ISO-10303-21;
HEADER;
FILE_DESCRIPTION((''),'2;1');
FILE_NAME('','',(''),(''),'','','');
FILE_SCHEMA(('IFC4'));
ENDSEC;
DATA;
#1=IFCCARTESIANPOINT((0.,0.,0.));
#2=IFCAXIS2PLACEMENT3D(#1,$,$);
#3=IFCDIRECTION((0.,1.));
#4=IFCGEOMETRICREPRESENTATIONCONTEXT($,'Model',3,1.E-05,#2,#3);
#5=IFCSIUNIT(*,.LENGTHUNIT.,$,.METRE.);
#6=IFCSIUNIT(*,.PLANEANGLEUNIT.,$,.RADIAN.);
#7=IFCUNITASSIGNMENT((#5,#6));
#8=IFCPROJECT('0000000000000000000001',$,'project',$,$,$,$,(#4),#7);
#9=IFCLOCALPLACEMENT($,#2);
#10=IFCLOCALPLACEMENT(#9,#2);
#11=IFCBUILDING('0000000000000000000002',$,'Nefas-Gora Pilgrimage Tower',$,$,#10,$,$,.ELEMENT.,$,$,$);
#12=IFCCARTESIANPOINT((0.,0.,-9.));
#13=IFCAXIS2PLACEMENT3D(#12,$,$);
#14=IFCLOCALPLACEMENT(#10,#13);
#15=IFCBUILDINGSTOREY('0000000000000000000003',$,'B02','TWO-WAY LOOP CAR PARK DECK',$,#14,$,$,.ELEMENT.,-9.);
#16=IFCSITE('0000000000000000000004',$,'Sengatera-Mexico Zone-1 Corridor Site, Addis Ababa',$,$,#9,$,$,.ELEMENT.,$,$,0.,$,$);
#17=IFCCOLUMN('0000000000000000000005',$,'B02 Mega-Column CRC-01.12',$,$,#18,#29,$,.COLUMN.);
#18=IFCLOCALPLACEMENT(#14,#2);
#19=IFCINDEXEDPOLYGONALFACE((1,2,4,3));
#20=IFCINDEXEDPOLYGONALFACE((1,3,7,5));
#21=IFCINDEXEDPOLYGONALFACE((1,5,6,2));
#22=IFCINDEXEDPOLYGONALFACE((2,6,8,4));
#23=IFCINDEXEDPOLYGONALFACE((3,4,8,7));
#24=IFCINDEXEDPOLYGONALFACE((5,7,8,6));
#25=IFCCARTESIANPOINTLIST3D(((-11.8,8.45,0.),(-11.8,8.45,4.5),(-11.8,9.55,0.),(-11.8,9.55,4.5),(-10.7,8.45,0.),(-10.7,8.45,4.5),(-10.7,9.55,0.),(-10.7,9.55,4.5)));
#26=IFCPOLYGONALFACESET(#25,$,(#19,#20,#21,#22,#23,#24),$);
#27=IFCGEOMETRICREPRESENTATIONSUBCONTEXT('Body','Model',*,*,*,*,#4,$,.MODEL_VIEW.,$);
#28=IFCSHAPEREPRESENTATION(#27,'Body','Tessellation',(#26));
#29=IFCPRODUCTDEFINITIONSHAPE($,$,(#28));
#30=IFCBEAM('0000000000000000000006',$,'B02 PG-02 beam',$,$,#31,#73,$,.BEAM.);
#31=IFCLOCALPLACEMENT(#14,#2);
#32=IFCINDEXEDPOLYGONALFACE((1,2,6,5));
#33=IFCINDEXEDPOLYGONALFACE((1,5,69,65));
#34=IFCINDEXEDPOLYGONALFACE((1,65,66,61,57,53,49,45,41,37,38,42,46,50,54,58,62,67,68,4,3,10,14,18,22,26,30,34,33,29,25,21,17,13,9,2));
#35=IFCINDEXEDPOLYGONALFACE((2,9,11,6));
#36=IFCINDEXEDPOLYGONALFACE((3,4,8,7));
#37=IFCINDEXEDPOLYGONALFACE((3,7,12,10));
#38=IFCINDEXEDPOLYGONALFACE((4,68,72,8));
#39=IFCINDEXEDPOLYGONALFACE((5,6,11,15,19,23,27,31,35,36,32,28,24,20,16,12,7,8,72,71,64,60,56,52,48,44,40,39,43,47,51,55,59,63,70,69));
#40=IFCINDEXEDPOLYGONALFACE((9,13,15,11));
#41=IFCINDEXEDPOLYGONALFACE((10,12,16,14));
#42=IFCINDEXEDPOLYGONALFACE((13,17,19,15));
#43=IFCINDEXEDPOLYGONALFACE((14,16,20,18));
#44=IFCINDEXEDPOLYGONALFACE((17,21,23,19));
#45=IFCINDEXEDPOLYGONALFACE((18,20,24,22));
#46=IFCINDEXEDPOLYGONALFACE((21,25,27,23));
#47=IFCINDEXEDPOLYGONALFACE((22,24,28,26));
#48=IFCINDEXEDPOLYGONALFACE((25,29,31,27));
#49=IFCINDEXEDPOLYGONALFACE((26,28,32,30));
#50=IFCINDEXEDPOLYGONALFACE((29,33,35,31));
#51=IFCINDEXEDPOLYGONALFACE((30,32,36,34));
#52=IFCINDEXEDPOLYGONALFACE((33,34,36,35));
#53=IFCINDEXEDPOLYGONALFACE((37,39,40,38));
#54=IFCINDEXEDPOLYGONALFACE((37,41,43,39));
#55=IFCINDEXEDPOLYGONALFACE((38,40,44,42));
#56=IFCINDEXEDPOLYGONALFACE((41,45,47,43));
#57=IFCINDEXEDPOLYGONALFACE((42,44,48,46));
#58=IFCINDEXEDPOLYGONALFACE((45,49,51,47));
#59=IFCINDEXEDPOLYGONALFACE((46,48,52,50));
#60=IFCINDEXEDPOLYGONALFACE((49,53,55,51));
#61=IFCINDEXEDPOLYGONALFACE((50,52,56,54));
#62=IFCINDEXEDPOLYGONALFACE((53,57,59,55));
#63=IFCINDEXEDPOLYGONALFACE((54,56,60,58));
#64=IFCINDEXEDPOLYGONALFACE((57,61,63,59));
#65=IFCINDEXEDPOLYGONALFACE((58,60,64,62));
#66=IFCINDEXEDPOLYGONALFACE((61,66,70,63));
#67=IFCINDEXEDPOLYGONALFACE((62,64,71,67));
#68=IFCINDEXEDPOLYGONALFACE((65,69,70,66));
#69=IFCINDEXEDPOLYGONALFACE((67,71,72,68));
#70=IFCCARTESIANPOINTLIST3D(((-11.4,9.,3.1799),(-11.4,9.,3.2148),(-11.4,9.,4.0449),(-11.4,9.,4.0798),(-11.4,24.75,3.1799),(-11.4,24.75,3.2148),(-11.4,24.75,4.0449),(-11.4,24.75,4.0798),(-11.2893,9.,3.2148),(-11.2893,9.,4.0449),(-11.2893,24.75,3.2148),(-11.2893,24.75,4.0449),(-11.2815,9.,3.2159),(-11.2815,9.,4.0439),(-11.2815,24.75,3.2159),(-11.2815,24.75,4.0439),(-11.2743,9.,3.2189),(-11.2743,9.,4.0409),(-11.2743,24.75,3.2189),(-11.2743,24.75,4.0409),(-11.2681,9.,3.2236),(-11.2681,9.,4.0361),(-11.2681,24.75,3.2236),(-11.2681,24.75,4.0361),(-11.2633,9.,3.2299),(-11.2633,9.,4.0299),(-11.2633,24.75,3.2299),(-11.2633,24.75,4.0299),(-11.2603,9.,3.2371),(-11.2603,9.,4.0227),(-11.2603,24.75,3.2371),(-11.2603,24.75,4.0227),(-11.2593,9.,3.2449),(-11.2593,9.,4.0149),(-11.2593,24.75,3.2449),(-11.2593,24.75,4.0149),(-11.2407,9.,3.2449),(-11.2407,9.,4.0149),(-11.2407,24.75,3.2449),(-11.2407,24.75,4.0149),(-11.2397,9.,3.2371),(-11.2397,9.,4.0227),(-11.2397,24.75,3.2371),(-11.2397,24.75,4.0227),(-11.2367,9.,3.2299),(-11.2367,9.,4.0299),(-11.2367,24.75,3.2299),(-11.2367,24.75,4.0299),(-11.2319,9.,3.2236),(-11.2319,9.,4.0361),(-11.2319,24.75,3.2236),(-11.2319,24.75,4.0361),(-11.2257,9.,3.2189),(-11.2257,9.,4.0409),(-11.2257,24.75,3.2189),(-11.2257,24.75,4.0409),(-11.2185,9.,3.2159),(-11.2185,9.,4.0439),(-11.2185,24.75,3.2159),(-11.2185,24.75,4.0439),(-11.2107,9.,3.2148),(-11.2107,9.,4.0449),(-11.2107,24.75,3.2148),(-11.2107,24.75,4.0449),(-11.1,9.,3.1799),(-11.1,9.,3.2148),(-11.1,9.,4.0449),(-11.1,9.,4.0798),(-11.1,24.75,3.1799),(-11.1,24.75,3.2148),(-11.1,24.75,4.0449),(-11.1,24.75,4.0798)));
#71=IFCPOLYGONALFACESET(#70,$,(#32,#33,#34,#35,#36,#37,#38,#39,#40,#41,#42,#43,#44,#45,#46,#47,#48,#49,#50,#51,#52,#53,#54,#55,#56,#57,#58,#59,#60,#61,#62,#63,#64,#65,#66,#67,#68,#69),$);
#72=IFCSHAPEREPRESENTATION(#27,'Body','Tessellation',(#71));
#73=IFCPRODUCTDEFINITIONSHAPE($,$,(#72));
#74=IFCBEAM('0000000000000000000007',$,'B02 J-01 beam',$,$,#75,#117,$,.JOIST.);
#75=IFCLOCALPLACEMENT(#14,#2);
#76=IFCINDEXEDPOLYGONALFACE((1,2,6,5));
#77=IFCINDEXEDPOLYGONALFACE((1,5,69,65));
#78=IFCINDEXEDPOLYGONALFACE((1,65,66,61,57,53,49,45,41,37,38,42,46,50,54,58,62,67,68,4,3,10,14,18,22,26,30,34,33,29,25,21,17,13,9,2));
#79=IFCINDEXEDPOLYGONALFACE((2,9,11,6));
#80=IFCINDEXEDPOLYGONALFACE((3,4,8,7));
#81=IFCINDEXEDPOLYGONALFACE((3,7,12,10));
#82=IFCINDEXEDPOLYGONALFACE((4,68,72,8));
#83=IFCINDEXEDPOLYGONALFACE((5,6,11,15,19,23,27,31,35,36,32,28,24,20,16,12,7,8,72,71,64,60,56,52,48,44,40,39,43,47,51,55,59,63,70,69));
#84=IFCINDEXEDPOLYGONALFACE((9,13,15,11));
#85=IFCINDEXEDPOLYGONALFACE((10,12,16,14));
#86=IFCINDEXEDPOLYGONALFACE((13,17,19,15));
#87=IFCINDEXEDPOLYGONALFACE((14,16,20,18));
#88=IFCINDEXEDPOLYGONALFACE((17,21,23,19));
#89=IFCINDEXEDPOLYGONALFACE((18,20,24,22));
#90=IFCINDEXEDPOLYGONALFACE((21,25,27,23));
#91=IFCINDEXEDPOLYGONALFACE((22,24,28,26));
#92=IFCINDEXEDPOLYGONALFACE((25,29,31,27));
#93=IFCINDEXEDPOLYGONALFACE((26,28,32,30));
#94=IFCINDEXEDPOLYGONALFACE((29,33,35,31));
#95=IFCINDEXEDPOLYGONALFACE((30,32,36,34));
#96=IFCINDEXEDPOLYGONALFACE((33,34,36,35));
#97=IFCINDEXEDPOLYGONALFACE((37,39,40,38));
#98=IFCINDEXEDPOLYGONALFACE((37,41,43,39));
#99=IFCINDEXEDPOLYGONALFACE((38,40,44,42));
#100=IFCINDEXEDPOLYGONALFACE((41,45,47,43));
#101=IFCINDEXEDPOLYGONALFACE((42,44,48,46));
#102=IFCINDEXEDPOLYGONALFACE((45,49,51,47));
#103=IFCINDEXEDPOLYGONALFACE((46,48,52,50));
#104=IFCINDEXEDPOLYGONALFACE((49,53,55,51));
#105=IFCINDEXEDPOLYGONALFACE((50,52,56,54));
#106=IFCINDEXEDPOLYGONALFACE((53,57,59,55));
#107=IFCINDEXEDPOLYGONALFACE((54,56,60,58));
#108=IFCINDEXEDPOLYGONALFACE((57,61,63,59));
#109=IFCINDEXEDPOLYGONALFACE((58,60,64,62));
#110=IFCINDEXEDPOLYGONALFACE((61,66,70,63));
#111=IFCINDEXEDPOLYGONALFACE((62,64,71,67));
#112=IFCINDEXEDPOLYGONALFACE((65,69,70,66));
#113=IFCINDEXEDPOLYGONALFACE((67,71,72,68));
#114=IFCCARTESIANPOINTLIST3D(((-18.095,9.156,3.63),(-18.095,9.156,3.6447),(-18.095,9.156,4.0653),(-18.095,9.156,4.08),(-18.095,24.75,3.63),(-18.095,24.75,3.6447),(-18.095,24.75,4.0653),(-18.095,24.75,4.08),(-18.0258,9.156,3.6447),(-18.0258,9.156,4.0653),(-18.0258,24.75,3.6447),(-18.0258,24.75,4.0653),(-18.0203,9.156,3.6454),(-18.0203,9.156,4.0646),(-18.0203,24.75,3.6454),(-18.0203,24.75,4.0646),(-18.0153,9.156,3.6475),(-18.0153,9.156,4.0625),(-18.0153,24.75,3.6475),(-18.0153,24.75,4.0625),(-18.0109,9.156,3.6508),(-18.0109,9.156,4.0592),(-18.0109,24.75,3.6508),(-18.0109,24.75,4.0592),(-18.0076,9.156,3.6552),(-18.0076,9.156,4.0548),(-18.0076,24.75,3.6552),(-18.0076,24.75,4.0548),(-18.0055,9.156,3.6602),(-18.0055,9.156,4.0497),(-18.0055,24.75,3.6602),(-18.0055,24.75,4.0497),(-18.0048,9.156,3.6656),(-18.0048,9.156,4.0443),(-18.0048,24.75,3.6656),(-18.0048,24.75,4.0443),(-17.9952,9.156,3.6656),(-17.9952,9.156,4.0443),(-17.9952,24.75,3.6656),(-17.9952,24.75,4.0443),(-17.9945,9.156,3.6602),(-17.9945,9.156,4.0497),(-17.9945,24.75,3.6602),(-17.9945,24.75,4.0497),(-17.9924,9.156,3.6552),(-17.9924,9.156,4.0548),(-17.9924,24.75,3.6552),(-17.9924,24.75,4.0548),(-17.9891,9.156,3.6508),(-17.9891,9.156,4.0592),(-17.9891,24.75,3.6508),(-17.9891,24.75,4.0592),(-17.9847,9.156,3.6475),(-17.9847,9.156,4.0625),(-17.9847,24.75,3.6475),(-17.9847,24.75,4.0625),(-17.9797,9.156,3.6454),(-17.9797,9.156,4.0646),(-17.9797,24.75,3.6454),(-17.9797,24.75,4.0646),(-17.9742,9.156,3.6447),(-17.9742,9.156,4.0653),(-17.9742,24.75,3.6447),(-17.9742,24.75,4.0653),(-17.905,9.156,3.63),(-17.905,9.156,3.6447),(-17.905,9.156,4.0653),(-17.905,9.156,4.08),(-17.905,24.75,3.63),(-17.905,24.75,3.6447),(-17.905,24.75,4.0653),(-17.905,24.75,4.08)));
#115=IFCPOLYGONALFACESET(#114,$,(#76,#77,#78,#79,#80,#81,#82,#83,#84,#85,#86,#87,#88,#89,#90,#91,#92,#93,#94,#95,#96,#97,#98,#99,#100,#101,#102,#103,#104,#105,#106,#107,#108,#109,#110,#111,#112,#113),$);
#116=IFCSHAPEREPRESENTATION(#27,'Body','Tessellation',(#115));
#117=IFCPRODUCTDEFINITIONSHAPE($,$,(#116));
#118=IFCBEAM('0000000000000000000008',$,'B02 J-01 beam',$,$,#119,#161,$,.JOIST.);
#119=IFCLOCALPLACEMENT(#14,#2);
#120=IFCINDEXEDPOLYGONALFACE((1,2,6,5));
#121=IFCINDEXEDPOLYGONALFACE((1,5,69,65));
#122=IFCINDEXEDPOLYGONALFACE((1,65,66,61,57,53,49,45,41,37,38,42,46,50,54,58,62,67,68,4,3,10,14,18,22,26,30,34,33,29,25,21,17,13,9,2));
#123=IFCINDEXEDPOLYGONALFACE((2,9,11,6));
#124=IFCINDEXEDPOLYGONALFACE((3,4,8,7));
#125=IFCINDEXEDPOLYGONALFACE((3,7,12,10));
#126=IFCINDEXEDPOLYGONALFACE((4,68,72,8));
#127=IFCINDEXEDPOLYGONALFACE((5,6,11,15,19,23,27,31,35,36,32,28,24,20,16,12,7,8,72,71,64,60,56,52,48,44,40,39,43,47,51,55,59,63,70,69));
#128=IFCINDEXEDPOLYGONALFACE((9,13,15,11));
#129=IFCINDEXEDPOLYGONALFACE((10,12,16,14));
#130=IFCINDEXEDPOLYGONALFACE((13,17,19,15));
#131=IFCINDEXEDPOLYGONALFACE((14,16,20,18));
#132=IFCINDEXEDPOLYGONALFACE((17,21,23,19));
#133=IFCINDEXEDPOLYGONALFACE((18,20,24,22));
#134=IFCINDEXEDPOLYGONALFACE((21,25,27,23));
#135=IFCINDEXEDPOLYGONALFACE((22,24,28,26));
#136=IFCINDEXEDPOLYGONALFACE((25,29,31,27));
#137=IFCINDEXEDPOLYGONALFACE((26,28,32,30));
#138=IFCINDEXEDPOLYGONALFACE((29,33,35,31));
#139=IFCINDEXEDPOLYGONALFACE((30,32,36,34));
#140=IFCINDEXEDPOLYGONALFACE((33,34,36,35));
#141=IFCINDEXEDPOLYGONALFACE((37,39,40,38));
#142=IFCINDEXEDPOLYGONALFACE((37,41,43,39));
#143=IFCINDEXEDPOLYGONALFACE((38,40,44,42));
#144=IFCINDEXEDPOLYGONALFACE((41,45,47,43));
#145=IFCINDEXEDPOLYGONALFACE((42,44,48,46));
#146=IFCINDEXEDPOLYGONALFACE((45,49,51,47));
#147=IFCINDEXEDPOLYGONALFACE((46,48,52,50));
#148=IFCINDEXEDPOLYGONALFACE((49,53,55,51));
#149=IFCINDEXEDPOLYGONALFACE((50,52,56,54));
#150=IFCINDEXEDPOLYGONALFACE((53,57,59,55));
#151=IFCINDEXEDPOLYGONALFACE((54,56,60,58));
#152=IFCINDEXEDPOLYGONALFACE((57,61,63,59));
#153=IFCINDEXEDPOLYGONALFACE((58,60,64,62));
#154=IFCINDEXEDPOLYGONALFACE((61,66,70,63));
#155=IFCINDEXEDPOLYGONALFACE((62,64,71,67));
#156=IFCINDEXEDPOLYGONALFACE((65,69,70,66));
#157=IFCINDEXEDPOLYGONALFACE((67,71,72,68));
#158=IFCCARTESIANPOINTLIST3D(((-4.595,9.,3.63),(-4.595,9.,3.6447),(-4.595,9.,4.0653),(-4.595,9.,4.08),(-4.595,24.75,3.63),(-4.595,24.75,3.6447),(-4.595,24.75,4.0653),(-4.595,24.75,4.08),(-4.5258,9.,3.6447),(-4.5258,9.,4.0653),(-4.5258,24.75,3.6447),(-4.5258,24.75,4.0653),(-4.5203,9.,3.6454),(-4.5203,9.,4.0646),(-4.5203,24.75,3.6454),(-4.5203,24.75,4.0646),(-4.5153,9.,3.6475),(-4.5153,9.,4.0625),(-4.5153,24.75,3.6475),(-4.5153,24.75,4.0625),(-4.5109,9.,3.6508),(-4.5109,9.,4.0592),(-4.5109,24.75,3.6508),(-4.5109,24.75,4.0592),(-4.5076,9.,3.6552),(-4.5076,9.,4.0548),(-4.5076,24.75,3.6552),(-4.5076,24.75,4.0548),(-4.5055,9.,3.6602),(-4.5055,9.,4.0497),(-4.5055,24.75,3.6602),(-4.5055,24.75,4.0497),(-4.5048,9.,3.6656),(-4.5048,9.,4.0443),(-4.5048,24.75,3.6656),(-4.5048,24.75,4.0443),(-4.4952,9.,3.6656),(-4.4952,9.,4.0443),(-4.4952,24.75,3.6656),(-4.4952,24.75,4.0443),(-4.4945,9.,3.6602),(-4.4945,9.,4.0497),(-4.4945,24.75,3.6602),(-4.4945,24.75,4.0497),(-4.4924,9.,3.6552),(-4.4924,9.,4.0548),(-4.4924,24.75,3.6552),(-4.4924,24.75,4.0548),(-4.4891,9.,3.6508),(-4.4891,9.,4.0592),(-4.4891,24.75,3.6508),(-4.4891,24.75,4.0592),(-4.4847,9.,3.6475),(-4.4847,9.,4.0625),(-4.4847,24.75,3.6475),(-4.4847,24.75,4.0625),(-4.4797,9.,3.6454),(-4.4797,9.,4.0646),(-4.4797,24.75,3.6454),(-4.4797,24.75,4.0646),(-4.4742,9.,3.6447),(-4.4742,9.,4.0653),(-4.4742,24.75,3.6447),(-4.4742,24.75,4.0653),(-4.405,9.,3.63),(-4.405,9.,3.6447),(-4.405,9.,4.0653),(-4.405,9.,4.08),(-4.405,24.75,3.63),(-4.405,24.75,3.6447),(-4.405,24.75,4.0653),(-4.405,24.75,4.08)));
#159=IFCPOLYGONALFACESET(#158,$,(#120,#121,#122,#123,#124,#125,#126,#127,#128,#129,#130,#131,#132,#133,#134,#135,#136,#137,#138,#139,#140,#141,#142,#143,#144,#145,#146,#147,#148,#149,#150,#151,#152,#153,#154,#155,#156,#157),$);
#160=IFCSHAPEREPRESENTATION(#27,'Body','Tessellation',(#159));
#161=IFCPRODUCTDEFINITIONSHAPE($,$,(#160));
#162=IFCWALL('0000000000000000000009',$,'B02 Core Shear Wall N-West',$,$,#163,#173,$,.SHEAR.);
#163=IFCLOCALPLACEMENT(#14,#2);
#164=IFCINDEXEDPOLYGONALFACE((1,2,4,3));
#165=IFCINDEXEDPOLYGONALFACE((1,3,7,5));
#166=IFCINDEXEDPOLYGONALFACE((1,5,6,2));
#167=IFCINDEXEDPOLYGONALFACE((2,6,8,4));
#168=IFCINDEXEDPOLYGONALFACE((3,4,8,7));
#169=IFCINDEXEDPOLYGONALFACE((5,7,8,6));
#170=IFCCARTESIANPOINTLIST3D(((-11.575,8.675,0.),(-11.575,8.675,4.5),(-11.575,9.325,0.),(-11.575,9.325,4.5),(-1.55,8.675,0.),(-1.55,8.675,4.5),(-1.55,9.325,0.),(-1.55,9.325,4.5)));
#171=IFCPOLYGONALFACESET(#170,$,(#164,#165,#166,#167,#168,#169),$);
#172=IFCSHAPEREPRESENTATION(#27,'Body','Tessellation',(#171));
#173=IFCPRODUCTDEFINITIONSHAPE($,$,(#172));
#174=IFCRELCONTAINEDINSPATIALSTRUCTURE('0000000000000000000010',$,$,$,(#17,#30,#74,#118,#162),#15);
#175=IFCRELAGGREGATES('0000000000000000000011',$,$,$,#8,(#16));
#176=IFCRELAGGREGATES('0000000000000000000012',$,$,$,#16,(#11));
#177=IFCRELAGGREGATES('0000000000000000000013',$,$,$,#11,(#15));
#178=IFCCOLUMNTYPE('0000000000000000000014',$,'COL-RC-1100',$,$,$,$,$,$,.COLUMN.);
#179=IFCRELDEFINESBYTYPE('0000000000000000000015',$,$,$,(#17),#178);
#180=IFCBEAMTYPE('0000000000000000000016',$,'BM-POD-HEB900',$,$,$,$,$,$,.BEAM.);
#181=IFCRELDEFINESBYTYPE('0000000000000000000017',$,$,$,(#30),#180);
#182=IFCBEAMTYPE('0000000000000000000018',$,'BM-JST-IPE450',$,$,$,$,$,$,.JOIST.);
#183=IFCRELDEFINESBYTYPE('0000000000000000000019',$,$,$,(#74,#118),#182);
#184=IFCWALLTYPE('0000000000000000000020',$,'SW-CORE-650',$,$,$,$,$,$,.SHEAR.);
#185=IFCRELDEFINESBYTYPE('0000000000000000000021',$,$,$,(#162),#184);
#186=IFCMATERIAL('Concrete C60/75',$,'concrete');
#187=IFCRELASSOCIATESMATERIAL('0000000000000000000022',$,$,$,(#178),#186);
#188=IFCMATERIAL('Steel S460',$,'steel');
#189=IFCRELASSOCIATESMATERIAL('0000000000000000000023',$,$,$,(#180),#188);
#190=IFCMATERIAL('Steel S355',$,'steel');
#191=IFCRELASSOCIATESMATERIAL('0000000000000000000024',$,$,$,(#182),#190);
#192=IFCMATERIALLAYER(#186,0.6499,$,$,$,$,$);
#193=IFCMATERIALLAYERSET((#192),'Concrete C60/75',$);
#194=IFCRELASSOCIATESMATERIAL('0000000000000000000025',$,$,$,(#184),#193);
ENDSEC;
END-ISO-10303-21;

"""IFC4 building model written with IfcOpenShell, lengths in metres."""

from ifc_helpers import new_model, si_unit, direction, frame, frame_2d, origin, origin_2d, place, context, subcontext, project, spatial, rectangle, i_section, extrude, source, transform, mapped, material, layer, layer_set, material_profile, profile_set, type_object, element, save


model = new_model("IFC4")

# Units and contexts
model_context = context("Model", 3, precision=1e-05, world=origin(), true_north=direction((0.0, 1.0)))
body_context = subcontext(model_context, "Body", "Model", "MODEL_VIEW")
ifc_project = project(units=[si_unit("LENGTHUNIT", "METRE"), si_unit("PLANEANGLEUNIT", "RADIAN")], contexts=[model_context])

# Site, building, storey
site_placement = place(None, origin())
site = spatial("IfcSite", under=ifc_project, at=site_placement, Name="Sengatera-Mexico Zone-1 Corridor Site, Addis Ababa", CompositionType="ELEMENT", RefElevation=0.0)
building_placement = place(site_placement, origin())
building = spatial("IfcBuilding", under=site, at=building_placement, Name="Nefas-Gora Pilgrimage Tower", CompositionType="ELEMENT")
storey_placement = place(building_placement, frame((0.0, 0.0, -9.0)))
storey = spatial("IfcBuildingStorey", under=building, at=storey_placement, Name="B02", Description="TWO-WAY LOOP CAR PARK DECK", CompositionType="ELEMENT", Elevation=-9.0)

# Column
ifc_material_1 = material(Name="Steel S460", Category="steel")
ifc_material_2 = material(Name="Concrete C60/75", Category="concrete")
ifc_material_profile_1 = material_profile(ifc_material_2, rectangle(XDim=1.1001, YDim=1.1001, at=origin_2d()), Name="RC 1100x1100")
ifc_profile_set_1 = profile_set([ifc_material_profile_1], Name="Concrete C60/75")
column_type_1 = type_object("IfcColumnType", Name="COL-RC-1100", PredefinedType="COLUMN", material=ifc_profile_set_1)
shared_shape_1 = source(origin(), body_context, "Body", "SweptSolid", [
    extrude(rectangle(XDim=1.1001, YDim=1.1001, at=origin_2d()), origin(), (0.0, 0.0, 1.0), 4.5),
])
column_1_placement = place(storey_placement, frame((-11.25, 9.0, 0.0), z_axis=(0.0, 0.0, 1.0), x_axis=(1.0, 0.0, 0.0)))
element("IfcColumn", 1, at=column_1_placement, inside=storey, type_object=column_type_1, Name="B02 Mega-Column CRC-01.12", PredefinedType="COLUMN", context=body_context, shape_type="MappedRepresentation", body=[
    mapped(shared_shape_1, transform((0.0, 0.0, 0.0), x_axis=(1.0, 0.0, 0.0), y_axis=(0.0, 1.0, 0.0), z_axis=(0.0, 0.0, 1.0), scale=1.0)),
])

# Beams
ifc_material_profile_2 = material_profile(ifc_material_1, i_section(OverallWidth=0.3, OverallDepth=0.8999, WebThickness=0.0186, FlangeThickness=0.0349, FilletRadius=0.03, at=origin_2d()), Name="HEB 900")
ifc_profile_set_2 = profile_set([ifc_material_profile_2], Name="Steel S460")
beam_type_1 = type_object("IfcBeamType", Name="BM-POD-HEB900", PredefinedType="BEAM", material=ifc_profile_set_2)
shared_shape_2 = source(origin(), body_context, "Body", "SweptSolid", [
    extrude(i_section(OverallWidth=0.3, OverallDepth=0.8999, WebThickness=0.0186, FlangeThickness=0.0349, FilletRadius=0.03, at=origin_2d()), origin(), (0.0, 0.0, 1.0), 15.75),
])
beam_1_placement = place(storey_placement, frame((-11.25, 9.0, 3.6299), z_axis=(0.0, 1.0, 0.0), x_axis=(-1.0, 0.0, 0.0)))
element("IfcBeam", 2, at=beam_1_placement, inside=storey, type_object=beam_type_1, Name="B02 PG-02 beam", PredefinedType="BEAM", context=body_context, shape_type="MappedRepresentation", body=[
    mapped(shared_shape_2, transform((0.0, 0.0, 0.0), x_axis=(1.0, 0.0, 0.0), y_axis=(0.0, 1.0, 0.0), z_axis=(0.0, 0.0, 1.0), scale=1.0)),
])
ifc_material_3 = material(Name="Steel S355", Category="steel")
ifc_material_profile_3 = material_profile(ifc_material_3, i_section(OverallWidth=0.1899, OverallDepth=0.45, WebThickness=0.0095, FlangeThickness=0.0146, FilletRadius=0.021, at=origin_2d()), Name="IPE 450")
ifc_profile_set_3 = profile_set([ifc_material_profile_3], Name="Steel S355")
beam_type_2 = type_object("IfcBeamType", Name="BM-JST-IPE450", PredefinedType="JOIST", material=ifc_profile_set_3)
shared_shape_3 = source(origin(), body_context, "Body", "SweptSolid", [
    extrude(i_section(OverallWidth=0.1899, OverallDepth=0.45, WebThickness=0.0095, FlangeThickness=0.0146, FilletRadius=0.021, at=origin_2d()), origin(), (0.0, 0.0, 1.0), 15.594),
])
beam_2_placement = place(storey_placement, frame((-18.0, 9.156, 3.855), z_axis=(0.0, 1.0, 0.0), x_axis=(-1.0, 0.0, 0.0)))
element("IfcBeam", 3, at=beam_2_placement, inside=storey, type_object=beam_type_2, Name="B02 J-01 beam", PredefinedType="JOIST", context=body_context, shape_type="MappedRepresentation", body=[
    mapped(shared_shape_3, transform((0.0, 0.0, 0.0), x_axis=(1.0, 0.0, 0.0), y_axis=(0.0, 1.0, 0.0), z_axis=(0.0, 0.0, 1.0), scale=1.0)),
])
shared_shape_4 = source(origin(), body_context, "Body", "SweptSolid", [
    extrude(i_section(OverallWidth=0.1899, OverallDepth=0.45, WebThickness=0.0095, FlangeThickness=0.0146, FilletRadius=0.021, at=origin_2d()), origin(), (0.0, 0.0, 1.0), 15.75),
])
beam_3_placement = place(storey_placement, frame((-4.5, 9.0, 3.855), z_axis=(0.0, 1.0, 0.0), x_axis=(-1.0, 0.0, 0.0)))
element("IfcBeam", 4, at=beam_3_placement, inside=storey, type_object=beam_type_2, Name="B02 J-01 beam", PredefinedType="JOIST", context=body_context, shape_type="MappedRepresentation", body=[
    mapped(shared_shape_4, transform((0.0, 0.0, 0.0), x_axis=(1.0, 0.0, 0.0), y_axis=(0.0, 1.0, 0.0), z_axis=(0.0, 0.0, 1.0), scale=1.0)),
])

# Wall
ifc_layer_1 = layer(ifc_material_2, 0.6499)
ifc_layer_set_1 = layer_set([ifc_layer_1], Name="Concrete C60/75")
wall_type_1 = type_object("IfcWallType", Name="SW-CORE-650", PredefinedType="SHEAR", material=ifc_layer_set_1)
shared_shape_5 = source(origin(), body_context, "Body", "SweptSolid", [
    extrude(rectangle(XDim=10.0249, YDim=0.6499, at=frame_2d((5.0125, 0.0))), origin(), (0.0, 0.0, 1.0), 4.5),
])
wall_1_placement = place(storey_placement, frame((-11.575, 9.0, 0.0), z_axis=(0.0, 0.0, 1.0), x_axis=(1.0, 0.0, 0.0)))
element("IfcWall", 5, at=wall_1_placement, inside=storey, type_object=wall_type_1, Name="B02 Core Shear Wall N-West", PredefinedType="SHEAR", context=body_context, shape_type="MappedRepresentation", body=[
    mapped(shared_shape_5, transform((0.0, 0.0, 0.0), x_axis=(1.0, 0.0, 0.0), y_axis=(0.0, 1.0, 0.0), z_axis=(0.0, 0.0, 1.0), scale=1.0)),
])

save(model, "model.ifc")
